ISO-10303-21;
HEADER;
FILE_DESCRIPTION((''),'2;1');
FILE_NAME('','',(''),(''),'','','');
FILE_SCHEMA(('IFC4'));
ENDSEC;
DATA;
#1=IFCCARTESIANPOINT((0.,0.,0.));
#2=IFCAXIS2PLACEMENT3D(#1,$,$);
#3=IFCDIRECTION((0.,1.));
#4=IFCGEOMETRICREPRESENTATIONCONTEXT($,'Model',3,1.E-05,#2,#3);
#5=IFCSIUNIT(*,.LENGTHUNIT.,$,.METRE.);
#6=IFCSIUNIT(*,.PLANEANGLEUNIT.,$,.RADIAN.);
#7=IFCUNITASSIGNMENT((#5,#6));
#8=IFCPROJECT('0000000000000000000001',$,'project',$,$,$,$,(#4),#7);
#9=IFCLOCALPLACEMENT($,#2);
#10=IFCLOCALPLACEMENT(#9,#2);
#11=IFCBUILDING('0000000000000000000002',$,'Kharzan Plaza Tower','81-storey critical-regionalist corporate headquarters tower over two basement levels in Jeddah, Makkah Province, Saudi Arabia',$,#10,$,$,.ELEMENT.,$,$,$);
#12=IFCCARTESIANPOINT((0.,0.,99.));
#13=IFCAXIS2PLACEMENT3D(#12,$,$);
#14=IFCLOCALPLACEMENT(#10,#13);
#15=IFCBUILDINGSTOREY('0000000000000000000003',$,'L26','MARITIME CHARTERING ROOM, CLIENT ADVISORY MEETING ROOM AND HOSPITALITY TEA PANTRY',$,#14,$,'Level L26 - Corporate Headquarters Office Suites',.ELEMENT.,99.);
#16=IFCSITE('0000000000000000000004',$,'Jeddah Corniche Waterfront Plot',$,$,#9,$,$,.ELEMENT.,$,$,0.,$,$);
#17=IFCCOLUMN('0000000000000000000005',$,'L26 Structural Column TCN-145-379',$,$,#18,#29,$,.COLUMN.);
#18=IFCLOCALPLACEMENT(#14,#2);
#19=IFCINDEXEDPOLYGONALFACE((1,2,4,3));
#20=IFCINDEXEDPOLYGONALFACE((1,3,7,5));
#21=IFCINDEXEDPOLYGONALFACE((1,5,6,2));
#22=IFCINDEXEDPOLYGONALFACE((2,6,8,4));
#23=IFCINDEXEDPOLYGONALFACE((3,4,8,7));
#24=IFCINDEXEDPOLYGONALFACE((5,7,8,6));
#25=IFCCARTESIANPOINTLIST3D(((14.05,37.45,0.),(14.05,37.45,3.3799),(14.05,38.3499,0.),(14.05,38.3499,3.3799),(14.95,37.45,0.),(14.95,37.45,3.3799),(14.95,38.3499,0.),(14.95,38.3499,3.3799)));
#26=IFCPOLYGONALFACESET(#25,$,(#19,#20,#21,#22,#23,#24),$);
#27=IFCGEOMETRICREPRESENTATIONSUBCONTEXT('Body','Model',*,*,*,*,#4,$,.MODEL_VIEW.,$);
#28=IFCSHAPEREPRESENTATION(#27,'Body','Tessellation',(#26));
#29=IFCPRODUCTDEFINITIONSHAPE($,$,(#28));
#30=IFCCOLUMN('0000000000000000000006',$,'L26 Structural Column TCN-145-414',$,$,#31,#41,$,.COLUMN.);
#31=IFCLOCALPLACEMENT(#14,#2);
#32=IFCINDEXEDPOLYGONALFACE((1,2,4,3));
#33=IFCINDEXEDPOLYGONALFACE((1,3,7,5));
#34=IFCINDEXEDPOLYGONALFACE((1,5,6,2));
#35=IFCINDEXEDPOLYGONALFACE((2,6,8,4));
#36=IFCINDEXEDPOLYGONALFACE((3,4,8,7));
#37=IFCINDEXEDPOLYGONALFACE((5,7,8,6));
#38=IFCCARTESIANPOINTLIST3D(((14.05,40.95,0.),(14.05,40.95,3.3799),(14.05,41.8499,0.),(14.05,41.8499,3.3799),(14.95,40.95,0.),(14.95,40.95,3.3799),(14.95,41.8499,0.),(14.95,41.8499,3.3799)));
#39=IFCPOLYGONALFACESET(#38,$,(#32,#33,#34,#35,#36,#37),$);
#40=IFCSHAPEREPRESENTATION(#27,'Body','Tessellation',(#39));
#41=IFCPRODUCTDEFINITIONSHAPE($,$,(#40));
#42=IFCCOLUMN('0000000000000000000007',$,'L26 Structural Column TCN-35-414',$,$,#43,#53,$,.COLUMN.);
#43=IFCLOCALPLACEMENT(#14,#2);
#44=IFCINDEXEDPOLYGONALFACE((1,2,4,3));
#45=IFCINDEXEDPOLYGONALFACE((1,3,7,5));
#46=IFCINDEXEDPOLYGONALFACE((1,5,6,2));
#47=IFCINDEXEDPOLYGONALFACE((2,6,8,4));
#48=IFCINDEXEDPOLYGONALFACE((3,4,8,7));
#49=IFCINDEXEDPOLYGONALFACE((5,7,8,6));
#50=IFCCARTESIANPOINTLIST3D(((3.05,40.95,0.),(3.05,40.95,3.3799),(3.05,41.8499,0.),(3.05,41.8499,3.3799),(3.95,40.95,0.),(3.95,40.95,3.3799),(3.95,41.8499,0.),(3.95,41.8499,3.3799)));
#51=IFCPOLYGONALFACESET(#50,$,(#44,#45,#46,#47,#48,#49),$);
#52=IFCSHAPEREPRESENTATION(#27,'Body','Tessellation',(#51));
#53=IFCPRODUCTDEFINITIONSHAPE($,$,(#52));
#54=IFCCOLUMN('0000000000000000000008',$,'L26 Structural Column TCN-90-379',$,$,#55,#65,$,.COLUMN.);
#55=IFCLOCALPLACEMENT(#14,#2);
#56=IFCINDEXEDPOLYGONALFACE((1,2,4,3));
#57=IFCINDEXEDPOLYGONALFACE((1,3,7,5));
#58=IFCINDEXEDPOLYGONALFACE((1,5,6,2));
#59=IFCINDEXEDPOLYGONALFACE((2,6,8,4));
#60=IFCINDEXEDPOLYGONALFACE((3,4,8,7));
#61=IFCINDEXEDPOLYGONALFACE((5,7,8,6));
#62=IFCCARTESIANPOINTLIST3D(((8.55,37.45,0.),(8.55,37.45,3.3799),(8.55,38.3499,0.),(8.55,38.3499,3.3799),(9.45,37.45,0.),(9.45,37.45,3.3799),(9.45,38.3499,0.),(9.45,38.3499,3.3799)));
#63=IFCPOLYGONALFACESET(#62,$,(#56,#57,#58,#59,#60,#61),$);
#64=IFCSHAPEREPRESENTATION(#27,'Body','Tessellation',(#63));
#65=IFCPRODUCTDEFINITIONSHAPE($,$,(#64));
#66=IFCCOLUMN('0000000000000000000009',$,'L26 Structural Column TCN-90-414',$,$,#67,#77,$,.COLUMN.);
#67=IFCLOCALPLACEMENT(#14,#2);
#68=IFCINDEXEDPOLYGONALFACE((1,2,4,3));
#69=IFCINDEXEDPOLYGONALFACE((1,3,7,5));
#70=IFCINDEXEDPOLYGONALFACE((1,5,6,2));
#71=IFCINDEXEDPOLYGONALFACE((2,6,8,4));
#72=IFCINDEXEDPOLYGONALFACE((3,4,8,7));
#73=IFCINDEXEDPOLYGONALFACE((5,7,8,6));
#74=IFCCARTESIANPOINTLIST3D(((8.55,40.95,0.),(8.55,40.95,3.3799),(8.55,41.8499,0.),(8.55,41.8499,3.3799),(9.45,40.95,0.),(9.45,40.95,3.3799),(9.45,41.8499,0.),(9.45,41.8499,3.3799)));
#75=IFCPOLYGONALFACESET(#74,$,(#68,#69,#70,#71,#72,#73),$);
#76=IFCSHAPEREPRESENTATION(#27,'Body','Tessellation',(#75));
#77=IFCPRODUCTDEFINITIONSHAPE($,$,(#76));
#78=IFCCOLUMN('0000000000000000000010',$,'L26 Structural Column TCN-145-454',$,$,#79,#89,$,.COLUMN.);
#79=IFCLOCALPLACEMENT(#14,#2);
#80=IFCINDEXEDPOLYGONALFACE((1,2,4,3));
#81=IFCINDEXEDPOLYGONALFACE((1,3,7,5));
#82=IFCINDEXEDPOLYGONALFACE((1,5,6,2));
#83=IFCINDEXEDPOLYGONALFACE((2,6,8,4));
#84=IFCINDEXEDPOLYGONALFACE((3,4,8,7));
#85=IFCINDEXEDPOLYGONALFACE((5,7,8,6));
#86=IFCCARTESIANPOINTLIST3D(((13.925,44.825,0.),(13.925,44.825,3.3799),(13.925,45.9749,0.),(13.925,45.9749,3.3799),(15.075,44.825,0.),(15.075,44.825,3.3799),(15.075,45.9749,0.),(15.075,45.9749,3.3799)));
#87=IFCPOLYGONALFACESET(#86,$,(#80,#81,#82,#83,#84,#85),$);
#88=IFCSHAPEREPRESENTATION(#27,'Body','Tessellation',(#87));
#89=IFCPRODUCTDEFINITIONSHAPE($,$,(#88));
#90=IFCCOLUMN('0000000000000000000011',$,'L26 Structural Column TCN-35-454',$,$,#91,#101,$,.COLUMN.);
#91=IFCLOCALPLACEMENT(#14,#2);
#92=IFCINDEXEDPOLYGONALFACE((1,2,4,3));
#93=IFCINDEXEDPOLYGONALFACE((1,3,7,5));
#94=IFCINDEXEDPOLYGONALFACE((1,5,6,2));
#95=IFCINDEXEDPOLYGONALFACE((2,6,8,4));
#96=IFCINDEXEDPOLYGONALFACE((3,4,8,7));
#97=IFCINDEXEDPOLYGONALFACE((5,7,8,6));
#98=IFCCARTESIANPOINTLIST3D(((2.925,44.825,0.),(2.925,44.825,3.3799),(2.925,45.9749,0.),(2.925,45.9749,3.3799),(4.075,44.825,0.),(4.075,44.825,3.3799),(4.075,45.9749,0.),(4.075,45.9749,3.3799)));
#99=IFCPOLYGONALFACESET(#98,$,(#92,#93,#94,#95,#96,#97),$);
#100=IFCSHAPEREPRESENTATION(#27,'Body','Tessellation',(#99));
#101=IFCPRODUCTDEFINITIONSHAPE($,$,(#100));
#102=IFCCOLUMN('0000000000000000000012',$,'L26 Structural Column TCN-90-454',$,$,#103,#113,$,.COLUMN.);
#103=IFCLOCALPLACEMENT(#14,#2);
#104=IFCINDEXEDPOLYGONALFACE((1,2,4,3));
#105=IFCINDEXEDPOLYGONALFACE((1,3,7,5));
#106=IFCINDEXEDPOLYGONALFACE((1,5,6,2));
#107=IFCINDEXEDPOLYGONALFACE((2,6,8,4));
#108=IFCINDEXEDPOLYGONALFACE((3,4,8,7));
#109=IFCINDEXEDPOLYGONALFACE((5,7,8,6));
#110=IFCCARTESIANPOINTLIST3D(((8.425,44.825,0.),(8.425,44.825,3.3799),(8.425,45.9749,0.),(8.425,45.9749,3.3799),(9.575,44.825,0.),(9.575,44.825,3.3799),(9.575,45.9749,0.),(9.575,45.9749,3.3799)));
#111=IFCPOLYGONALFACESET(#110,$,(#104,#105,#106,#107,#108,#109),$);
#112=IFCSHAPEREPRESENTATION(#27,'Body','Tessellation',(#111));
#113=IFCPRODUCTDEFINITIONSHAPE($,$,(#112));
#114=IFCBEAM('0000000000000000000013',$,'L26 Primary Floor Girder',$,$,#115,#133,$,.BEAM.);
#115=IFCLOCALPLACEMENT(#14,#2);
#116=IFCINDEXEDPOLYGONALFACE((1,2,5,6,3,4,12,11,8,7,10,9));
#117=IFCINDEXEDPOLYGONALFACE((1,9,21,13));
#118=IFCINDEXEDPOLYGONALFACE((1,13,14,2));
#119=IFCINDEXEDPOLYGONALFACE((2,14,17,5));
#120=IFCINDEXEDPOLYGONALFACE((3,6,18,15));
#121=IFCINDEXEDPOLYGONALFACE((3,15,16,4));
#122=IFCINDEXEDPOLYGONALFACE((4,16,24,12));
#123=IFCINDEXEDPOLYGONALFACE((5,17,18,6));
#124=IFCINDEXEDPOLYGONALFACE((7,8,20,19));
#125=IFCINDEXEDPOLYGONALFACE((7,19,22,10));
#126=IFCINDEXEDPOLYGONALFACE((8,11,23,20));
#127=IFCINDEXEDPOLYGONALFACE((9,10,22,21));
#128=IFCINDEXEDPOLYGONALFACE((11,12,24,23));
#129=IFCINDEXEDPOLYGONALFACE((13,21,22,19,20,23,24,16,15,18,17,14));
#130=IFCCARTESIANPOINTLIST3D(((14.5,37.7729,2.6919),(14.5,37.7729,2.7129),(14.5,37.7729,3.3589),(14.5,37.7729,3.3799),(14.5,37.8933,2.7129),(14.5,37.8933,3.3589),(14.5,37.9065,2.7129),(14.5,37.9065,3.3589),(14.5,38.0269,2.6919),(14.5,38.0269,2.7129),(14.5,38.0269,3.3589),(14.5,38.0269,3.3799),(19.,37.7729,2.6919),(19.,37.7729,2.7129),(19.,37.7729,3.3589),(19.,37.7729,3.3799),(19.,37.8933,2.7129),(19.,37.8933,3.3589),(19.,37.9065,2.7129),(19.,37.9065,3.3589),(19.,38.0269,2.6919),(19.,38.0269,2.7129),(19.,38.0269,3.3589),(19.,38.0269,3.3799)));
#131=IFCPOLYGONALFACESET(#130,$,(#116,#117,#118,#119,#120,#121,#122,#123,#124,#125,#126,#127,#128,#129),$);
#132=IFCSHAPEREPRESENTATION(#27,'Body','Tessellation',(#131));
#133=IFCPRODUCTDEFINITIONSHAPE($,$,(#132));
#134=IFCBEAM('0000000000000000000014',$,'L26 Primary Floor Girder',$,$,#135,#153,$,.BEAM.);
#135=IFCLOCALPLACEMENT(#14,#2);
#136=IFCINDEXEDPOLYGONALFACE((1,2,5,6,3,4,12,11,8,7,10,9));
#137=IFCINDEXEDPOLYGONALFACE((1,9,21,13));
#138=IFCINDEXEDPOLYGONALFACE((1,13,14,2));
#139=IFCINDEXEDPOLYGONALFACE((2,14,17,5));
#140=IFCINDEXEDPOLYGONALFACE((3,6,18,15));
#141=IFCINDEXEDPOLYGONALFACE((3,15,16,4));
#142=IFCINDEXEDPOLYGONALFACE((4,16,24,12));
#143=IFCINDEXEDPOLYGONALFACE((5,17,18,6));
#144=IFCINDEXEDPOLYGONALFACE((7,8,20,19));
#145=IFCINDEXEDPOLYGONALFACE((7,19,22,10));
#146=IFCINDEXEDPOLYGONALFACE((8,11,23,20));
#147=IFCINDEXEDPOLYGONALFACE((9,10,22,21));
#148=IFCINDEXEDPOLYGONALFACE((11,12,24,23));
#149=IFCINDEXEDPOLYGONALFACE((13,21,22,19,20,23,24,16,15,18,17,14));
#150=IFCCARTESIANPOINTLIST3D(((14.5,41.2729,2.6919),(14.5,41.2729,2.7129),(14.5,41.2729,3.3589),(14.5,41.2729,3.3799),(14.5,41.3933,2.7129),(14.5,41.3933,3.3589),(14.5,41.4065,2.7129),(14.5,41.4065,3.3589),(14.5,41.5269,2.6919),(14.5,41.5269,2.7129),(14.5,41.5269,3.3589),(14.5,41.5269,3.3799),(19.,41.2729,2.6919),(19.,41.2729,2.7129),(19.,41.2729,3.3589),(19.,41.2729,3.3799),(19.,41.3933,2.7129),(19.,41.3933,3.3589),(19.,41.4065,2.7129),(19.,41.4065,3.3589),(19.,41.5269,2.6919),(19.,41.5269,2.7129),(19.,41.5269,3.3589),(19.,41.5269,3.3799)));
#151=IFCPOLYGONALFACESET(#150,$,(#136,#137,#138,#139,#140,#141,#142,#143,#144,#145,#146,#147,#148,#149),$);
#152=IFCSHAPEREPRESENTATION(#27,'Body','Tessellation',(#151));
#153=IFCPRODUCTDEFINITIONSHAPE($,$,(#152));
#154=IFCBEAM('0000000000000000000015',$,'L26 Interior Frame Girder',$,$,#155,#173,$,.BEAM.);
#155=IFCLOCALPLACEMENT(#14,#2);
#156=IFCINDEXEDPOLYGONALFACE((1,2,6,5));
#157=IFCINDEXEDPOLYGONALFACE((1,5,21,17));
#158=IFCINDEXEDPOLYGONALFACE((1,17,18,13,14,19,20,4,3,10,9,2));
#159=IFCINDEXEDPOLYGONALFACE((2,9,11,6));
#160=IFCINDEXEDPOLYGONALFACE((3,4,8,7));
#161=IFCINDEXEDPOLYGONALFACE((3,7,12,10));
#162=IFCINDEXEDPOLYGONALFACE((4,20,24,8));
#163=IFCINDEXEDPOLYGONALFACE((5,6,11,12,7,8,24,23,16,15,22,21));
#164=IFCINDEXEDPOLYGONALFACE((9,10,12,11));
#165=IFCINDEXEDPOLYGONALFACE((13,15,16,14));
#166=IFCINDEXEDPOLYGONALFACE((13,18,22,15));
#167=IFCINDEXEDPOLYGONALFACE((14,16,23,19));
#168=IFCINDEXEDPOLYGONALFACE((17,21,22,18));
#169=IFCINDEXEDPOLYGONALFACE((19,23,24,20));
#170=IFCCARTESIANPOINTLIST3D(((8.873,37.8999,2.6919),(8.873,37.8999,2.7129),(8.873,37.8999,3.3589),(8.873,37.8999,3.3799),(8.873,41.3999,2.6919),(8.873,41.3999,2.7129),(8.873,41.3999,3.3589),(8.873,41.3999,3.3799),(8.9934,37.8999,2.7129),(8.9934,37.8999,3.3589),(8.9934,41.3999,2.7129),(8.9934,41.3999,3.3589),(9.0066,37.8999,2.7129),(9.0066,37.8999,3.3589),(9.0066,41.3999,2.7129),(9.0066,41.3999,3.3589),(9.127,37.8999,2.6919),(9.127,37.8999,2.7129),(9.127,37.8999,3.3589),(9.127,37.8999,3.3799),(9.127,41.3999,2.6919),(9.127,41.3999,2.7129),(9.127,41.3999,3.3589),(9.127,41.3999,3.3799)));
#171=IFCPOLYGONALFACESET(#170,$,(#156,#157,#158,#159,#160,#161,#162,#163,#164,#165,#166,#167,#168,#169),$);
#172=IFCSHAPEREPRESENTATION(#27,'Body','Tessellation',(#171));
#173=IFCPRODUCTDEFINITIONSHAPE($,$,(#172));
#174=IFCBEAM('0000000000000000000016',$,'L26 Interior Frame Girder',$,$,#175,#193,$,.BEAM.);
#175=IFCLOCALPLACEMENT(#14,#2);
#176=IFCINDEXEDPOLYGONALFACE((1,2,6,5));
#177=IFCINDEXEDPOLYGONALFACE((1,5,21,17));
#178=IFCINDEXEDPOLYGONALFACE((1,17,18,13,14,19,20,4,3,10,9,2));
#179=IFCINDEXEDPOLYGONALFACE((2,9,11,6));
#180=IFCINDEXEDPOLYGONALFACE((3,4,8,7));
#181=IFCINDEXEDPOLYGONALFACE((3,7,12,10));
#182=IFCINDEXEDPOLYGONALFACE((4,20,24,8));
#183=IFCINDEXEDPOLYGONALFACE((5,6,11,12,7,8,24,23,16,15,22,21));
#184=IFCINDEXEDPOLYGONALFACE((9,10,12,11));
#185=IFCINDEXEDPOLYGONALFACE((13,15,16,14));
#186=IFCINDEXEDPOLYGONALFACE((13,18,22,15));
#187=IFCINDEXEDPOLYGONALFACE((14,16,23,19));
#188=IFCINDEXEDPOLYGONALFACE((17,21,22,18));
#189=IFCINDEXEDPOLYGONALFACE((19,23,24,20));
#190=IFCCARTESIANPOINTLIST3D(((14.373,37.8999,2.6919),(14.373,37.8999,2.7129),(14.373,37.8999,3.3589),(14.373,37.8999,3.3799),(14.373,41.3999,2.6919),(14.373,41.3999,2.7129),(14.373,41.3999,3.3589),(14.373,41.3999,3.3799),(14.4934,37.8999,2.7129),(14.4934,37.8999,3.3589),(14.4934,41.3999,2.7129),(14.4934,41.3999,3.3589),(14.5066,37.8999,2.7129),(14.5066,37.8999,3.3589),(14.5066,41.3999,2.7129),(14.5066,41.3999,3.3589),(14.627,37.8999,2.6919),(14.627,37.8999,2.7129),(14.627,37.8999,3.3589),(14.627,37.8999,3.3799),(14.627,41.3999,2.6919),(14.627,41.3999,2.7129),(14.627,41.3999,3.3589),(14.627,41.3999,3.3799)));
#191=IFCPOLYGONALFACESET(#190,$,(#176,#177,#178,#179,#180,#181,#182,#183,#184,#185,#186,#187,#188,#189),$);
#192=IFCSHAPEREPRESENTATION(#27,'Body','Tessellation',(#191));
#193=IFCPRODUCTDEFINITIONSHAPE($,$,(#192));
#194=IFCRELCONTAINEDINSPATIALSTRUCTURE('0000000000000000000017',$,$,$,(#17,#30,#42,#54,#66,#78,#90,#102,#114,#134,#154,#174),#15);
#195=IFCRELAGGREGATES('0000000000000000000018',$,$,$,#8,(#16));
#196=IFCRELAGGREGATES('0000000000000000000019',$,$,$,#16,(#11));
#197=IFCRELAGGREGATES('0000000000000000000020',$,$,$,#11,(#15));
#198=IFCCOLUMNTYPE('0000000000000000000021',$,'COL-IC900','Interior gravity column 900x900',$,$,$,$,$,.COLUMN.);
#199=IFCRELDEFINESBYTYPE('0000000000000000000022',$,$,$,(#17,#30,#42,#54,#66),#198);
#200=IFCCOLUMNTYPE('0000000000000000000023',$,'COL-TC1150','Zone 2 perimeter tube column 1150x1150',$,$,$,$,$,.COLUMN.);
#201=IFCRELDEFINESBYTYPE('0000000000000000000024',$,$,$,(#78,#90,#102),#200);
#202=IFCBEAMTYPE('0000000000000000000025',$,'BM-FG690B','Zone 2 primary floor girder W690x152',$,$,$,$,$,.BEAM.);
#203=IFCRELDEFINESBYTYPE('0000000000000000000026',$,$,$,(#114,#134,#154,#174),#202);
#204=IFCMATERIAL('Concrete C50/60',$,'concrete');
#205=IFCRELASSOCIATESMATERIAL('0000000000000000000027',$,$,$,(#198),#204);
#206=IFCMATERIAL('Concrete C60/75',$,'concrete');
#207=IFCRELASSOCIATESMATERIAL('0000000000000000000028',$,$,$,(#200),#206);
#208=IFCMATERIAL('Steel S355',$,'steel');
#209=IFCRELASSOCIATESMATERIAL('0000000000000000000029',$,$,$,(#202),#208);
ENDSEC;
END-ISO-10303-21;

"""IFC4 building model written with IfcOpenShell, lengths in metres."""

from ifc_helpers import new_model, si_unit, direction, frame, origin, origin_2d, place, context, subcontext, project, spatial, rectangle, i_section, extrude, source, transform, mapped, material, material_profile, profile_set, type_object, element, save


model = new_model("IFC4")

# Units and contexts
model_context = context("Model", 3, precision=1e-05, world=origin(), true_north=direction((0.0, 1.0)))
body_context = subcontext(model_context, "Body", "Model", "MODEL_VIEW")
ifc_project = project(units=[si_unit("LENGTHUNIT", "METRE"), si_unit("PLANEANGLEUNIT", "RADIAN")], contexts=[model_context])

# Site, building, storey
site_placement = place(None, origin())
site = spatial("IfcSite", under=ifc_project, at=site_placement, Name="Jeddah Corniche Waterfront Plot", CompositionType="ELEMENT", RefElevation=0.0)
building_placement = place(site_placement, origin())
building = spatial("IfcBuilding", under=site, at=building_placement, Name="Kharzan Plaza Tower", Description="81-storey critical-regionalist corporate headquarters tower over two basement levels in Jeddah, Makkah Province, Saudi Arabia", CompositionType="ELEMENT")
storey_placement = place(building_placement, frame((0.0, 0.0, 99.0)))
storey = spatial("IfcBuildingStorey", under=building, at=storey_placement, Name="L26", Description="MARITIME CHARTERING ROOM, CLIENT ADVISORY MEETING ROOM AND HOSPITALITY TEA PANTRY", LongName="Level L26 - Corporate Headquarters Office Suites", CompositionType="ELEMENT", Elevation=99.0)

# Columns
ifc_material_1 = material(Name="Concrete C50/60", Category="concrete")
ifc_material_profile_1 = material_profile(ifc_material_1, rectangle(XDim=0.8999, YDim=0.8999, at=origin_2d()), Name="RC-IC900x900")
ifc_profile_set_1 = profile_set([ifc_material_profile_1], Name="Concrete C50/60")
column_type_1 = type_object("IfcColumnType", Name="COL-IC900", Description="Interior gravity column 900x900", PredefinedType="COLUMN", material=ifc_profile_set_1)
shared_shape_1 = source(origin(), body_context, "Body", "SweptSolid", [
    extrude(rectangle(XDim=0.8999, YDim=0.8999, at=origin_2d()), origin(), (0.0, 0.0, 1.0), 3.3799),
])
for number, where, z_axis, x_axis, name in (
    (1, (14.5, 37.8999, 0.0), (0.0, 0.0, 1.0), (1.0, 0.0, 0.0), "L26 Structural Column TCN-145-379"),
    (2, (14.5, 41.3999, 0.0), (0.0, 0.0, 1.0), (1.0, 0.0, 0.0), "L26 Structural Column TCN-145-414"),
    (3, (3.5, 41.3999, 0.0), (0.0, 0.0, 1.0), (1.0, 0.0, 0.0), "L26 Structural Column TCN-35-414"),
    (4, (9.0, 37.8999, 0.0), (0.0, 0.0, 1.0), (1.0, 0.0, 0.0), "L26 Structural Column TCN-90-379"),
    (5, (9.0, 41.3999, 0.0), (0.0, 0.0, 1.0), (1.0, 0.0, 0.0), "L26 Structural Column TCN-90-414"),
):
    element("IfcColumn", number, at=place(storey_placement, frame(where, z_axis=z_axis, x_axis=x_axis)), inside=storey, type_object=column_type_1, Name=name, PredefinedType="COLUMN", context=body_context, shape_type="MappedRepresentation", body=[
        mapped(shared_shape_1, transform((0.0, 0.0, 0.0), x_axis=(1.0, 0.0, 0.0), y_axis=(0.0, 1.0, 0.0), z_axis=(0.0, 0.0, 1.0))),
    ])
ifc_material_2 = material(Name="Concrete C60/75", Category="concrete")
ifc_material_profile_2 = material_profile(ifc_material_2, rectangle(XDim=1.1499, YDim=1.1499, at=origin_2d()), Name="RC-TC1150x1150")
ifc_profile_set_2 = profile_set([ifc_material_profile_2], Name="Concrete C60/75")
column_type_2 = type_object("IfcColumnType", Name="COL-TC1150", Description="Zone 2 perimeter tube column 1150x1150", PredefinedType="COLUMN", material=ifc_profile_set_2)
shared_shape_2 = source(origin(), body_context, "Body", "SweptSolid", [
    extrude(rectangle(XDim=1.1499, YDim=1.1499, at=origin_2d()), origin(), (0.0, 0.0, 1.0), 3.3799),
])
for number, where, z_axis, x_axis, name in (
    (6, (14.5, 45.3999, 0.0), (0.0, 0.0, 1.0), (1.0, 0.0, 0.0), "L26 Structural Column TCN-145-454"),
    (7, (3.5, 45.3999, 0.0), (0.0, 0.0, 1.0), (1.0, 0.0, 0.0), "L26 Structural Column TCN-35-454"),
    (8, (9.0, 45.3999, 0.0), (0.0, 0.0, 1.0), (1.0, 0.0, 0.0), "L26 Structural Column TCN-90-454"),
):
    element("IfcColumn", number, at=place(storey_placement, frame(where, z_axis=z_axis, x_axis=x_axis)), inside=storey, type_object=column_type_2, Name=name, PredefinedType="COLUMN", context=body_context, shape_type="MappedRepresentation", body=[
        mapped(shared_shape_2, transform((0.0, 0.0, 0.0), x_axis=(1.0, 0.0, 0.0), y_axis=(0.0, 1.0, 0.0), z_axis=(0.0, 0.0, 1.0))),
    ])

# Beams
ifc_material_3 = material(Name="Steel S355", Category="steel")
ifc_material_profile_3 = material_profile(ifc_material_3, i_section(OverallWidth=0.2539, OverallDepth=0.688, WebThickness=0.0132, FlangeThickness=0.021, at=origin_2d()), Name="W690x152")
ifc_profile_set_3 = profile_set([ifc_material_profile_3], Name="Steel S355")
beam_type_1 = type_object("IfcBeamType", Name="BM-FG690B", Description="Zone 2 primary floor girder W690x152", PredefinedType="BEAM", material=ifc_profile_set_3)
shared_shape_3 = source(origin(), body_context, "Body", "SweptSolid", [
    extrude(i_section(OverallWidth=0.2539, OverallDepth=0.688, WebThickness=0.0132, FlangeThickness=0.021, at=origin_2d()), origin(), (0.0, 0.0, 1.0), 4.5),
])
for number, where, z_axis, x_axis, name in (
    (9, (14.5, 37.8999, 3.0359), (1.0, 0.0, 0.0), (0.0, 1.0, 0.0), "L26 Primary Floor Girder"),
    (10, (14.5, 41.3999, 3.0359), (1.0, 0.0, 0.0), (0.0, 1.0, 0.0), "L26 Primary Floor Girder"),
):
    element("IfcBeam", number, at=place(storey_placement, frame(where, z_axis=z_axis, x_axis=x_axis)), inside=storey, type_object=beam_type_1, Name=name, PredefinedType="BEAM", context=body_context, shape_type="MappedRepresentation", body=[
        mapped(shared_shape_3, transform((0.0, 0.0, 0.0), x_axis=(1.0, 0.0, 0.0), y_axis=(0.0, 1.0, 0.0), z_axis=(0.0, 0.0, 1.0))),
    ])
shared_shape_4 = source(origin(), body_context, "Body", "SweptSolid", [
    extrude(i_section(OverallWidth=0.2539, OverallDepth=0.688, WebThickness=0.0132, FlangeThickness=0.021, at=origin_2d()), origin(), (0.0, 0.0, 1.0), 3.5),
])
for number, where, z_axis, x_axis, name in (
    (11, (9.0, 37.8999, 3.0359), (0.0, 1.0, 0.0), (-1.0, 0.0, 0.0), "L26 Interior Frame Girder"),
    (12, (14.5, 37.8999, 3.0359), (0.0, 1.0, 0.0), (-1.0, 0.0, 0.0), "L26 Interior Frame Girder"),
):
    element("IfcBeam", number, at=place(storey_placement, frame(where, z_axis=z_axis, x_axis=x_axis)), inside=storey, type_object=beam_type_1, Name=name, PredefinedType="BEAM", context=body_context, shape_type="MappedRepresentation", body=[
        mapped(shared_shape_4, transform((0.0, 0.0, 0.0), x_axis=(1.0, 0.0, 0.0), y_axis=(0.0, 1.0, 0.0), z_axis=(0.0, 0.0, 1.0))),
    ])

save(model, "model.ifc")
